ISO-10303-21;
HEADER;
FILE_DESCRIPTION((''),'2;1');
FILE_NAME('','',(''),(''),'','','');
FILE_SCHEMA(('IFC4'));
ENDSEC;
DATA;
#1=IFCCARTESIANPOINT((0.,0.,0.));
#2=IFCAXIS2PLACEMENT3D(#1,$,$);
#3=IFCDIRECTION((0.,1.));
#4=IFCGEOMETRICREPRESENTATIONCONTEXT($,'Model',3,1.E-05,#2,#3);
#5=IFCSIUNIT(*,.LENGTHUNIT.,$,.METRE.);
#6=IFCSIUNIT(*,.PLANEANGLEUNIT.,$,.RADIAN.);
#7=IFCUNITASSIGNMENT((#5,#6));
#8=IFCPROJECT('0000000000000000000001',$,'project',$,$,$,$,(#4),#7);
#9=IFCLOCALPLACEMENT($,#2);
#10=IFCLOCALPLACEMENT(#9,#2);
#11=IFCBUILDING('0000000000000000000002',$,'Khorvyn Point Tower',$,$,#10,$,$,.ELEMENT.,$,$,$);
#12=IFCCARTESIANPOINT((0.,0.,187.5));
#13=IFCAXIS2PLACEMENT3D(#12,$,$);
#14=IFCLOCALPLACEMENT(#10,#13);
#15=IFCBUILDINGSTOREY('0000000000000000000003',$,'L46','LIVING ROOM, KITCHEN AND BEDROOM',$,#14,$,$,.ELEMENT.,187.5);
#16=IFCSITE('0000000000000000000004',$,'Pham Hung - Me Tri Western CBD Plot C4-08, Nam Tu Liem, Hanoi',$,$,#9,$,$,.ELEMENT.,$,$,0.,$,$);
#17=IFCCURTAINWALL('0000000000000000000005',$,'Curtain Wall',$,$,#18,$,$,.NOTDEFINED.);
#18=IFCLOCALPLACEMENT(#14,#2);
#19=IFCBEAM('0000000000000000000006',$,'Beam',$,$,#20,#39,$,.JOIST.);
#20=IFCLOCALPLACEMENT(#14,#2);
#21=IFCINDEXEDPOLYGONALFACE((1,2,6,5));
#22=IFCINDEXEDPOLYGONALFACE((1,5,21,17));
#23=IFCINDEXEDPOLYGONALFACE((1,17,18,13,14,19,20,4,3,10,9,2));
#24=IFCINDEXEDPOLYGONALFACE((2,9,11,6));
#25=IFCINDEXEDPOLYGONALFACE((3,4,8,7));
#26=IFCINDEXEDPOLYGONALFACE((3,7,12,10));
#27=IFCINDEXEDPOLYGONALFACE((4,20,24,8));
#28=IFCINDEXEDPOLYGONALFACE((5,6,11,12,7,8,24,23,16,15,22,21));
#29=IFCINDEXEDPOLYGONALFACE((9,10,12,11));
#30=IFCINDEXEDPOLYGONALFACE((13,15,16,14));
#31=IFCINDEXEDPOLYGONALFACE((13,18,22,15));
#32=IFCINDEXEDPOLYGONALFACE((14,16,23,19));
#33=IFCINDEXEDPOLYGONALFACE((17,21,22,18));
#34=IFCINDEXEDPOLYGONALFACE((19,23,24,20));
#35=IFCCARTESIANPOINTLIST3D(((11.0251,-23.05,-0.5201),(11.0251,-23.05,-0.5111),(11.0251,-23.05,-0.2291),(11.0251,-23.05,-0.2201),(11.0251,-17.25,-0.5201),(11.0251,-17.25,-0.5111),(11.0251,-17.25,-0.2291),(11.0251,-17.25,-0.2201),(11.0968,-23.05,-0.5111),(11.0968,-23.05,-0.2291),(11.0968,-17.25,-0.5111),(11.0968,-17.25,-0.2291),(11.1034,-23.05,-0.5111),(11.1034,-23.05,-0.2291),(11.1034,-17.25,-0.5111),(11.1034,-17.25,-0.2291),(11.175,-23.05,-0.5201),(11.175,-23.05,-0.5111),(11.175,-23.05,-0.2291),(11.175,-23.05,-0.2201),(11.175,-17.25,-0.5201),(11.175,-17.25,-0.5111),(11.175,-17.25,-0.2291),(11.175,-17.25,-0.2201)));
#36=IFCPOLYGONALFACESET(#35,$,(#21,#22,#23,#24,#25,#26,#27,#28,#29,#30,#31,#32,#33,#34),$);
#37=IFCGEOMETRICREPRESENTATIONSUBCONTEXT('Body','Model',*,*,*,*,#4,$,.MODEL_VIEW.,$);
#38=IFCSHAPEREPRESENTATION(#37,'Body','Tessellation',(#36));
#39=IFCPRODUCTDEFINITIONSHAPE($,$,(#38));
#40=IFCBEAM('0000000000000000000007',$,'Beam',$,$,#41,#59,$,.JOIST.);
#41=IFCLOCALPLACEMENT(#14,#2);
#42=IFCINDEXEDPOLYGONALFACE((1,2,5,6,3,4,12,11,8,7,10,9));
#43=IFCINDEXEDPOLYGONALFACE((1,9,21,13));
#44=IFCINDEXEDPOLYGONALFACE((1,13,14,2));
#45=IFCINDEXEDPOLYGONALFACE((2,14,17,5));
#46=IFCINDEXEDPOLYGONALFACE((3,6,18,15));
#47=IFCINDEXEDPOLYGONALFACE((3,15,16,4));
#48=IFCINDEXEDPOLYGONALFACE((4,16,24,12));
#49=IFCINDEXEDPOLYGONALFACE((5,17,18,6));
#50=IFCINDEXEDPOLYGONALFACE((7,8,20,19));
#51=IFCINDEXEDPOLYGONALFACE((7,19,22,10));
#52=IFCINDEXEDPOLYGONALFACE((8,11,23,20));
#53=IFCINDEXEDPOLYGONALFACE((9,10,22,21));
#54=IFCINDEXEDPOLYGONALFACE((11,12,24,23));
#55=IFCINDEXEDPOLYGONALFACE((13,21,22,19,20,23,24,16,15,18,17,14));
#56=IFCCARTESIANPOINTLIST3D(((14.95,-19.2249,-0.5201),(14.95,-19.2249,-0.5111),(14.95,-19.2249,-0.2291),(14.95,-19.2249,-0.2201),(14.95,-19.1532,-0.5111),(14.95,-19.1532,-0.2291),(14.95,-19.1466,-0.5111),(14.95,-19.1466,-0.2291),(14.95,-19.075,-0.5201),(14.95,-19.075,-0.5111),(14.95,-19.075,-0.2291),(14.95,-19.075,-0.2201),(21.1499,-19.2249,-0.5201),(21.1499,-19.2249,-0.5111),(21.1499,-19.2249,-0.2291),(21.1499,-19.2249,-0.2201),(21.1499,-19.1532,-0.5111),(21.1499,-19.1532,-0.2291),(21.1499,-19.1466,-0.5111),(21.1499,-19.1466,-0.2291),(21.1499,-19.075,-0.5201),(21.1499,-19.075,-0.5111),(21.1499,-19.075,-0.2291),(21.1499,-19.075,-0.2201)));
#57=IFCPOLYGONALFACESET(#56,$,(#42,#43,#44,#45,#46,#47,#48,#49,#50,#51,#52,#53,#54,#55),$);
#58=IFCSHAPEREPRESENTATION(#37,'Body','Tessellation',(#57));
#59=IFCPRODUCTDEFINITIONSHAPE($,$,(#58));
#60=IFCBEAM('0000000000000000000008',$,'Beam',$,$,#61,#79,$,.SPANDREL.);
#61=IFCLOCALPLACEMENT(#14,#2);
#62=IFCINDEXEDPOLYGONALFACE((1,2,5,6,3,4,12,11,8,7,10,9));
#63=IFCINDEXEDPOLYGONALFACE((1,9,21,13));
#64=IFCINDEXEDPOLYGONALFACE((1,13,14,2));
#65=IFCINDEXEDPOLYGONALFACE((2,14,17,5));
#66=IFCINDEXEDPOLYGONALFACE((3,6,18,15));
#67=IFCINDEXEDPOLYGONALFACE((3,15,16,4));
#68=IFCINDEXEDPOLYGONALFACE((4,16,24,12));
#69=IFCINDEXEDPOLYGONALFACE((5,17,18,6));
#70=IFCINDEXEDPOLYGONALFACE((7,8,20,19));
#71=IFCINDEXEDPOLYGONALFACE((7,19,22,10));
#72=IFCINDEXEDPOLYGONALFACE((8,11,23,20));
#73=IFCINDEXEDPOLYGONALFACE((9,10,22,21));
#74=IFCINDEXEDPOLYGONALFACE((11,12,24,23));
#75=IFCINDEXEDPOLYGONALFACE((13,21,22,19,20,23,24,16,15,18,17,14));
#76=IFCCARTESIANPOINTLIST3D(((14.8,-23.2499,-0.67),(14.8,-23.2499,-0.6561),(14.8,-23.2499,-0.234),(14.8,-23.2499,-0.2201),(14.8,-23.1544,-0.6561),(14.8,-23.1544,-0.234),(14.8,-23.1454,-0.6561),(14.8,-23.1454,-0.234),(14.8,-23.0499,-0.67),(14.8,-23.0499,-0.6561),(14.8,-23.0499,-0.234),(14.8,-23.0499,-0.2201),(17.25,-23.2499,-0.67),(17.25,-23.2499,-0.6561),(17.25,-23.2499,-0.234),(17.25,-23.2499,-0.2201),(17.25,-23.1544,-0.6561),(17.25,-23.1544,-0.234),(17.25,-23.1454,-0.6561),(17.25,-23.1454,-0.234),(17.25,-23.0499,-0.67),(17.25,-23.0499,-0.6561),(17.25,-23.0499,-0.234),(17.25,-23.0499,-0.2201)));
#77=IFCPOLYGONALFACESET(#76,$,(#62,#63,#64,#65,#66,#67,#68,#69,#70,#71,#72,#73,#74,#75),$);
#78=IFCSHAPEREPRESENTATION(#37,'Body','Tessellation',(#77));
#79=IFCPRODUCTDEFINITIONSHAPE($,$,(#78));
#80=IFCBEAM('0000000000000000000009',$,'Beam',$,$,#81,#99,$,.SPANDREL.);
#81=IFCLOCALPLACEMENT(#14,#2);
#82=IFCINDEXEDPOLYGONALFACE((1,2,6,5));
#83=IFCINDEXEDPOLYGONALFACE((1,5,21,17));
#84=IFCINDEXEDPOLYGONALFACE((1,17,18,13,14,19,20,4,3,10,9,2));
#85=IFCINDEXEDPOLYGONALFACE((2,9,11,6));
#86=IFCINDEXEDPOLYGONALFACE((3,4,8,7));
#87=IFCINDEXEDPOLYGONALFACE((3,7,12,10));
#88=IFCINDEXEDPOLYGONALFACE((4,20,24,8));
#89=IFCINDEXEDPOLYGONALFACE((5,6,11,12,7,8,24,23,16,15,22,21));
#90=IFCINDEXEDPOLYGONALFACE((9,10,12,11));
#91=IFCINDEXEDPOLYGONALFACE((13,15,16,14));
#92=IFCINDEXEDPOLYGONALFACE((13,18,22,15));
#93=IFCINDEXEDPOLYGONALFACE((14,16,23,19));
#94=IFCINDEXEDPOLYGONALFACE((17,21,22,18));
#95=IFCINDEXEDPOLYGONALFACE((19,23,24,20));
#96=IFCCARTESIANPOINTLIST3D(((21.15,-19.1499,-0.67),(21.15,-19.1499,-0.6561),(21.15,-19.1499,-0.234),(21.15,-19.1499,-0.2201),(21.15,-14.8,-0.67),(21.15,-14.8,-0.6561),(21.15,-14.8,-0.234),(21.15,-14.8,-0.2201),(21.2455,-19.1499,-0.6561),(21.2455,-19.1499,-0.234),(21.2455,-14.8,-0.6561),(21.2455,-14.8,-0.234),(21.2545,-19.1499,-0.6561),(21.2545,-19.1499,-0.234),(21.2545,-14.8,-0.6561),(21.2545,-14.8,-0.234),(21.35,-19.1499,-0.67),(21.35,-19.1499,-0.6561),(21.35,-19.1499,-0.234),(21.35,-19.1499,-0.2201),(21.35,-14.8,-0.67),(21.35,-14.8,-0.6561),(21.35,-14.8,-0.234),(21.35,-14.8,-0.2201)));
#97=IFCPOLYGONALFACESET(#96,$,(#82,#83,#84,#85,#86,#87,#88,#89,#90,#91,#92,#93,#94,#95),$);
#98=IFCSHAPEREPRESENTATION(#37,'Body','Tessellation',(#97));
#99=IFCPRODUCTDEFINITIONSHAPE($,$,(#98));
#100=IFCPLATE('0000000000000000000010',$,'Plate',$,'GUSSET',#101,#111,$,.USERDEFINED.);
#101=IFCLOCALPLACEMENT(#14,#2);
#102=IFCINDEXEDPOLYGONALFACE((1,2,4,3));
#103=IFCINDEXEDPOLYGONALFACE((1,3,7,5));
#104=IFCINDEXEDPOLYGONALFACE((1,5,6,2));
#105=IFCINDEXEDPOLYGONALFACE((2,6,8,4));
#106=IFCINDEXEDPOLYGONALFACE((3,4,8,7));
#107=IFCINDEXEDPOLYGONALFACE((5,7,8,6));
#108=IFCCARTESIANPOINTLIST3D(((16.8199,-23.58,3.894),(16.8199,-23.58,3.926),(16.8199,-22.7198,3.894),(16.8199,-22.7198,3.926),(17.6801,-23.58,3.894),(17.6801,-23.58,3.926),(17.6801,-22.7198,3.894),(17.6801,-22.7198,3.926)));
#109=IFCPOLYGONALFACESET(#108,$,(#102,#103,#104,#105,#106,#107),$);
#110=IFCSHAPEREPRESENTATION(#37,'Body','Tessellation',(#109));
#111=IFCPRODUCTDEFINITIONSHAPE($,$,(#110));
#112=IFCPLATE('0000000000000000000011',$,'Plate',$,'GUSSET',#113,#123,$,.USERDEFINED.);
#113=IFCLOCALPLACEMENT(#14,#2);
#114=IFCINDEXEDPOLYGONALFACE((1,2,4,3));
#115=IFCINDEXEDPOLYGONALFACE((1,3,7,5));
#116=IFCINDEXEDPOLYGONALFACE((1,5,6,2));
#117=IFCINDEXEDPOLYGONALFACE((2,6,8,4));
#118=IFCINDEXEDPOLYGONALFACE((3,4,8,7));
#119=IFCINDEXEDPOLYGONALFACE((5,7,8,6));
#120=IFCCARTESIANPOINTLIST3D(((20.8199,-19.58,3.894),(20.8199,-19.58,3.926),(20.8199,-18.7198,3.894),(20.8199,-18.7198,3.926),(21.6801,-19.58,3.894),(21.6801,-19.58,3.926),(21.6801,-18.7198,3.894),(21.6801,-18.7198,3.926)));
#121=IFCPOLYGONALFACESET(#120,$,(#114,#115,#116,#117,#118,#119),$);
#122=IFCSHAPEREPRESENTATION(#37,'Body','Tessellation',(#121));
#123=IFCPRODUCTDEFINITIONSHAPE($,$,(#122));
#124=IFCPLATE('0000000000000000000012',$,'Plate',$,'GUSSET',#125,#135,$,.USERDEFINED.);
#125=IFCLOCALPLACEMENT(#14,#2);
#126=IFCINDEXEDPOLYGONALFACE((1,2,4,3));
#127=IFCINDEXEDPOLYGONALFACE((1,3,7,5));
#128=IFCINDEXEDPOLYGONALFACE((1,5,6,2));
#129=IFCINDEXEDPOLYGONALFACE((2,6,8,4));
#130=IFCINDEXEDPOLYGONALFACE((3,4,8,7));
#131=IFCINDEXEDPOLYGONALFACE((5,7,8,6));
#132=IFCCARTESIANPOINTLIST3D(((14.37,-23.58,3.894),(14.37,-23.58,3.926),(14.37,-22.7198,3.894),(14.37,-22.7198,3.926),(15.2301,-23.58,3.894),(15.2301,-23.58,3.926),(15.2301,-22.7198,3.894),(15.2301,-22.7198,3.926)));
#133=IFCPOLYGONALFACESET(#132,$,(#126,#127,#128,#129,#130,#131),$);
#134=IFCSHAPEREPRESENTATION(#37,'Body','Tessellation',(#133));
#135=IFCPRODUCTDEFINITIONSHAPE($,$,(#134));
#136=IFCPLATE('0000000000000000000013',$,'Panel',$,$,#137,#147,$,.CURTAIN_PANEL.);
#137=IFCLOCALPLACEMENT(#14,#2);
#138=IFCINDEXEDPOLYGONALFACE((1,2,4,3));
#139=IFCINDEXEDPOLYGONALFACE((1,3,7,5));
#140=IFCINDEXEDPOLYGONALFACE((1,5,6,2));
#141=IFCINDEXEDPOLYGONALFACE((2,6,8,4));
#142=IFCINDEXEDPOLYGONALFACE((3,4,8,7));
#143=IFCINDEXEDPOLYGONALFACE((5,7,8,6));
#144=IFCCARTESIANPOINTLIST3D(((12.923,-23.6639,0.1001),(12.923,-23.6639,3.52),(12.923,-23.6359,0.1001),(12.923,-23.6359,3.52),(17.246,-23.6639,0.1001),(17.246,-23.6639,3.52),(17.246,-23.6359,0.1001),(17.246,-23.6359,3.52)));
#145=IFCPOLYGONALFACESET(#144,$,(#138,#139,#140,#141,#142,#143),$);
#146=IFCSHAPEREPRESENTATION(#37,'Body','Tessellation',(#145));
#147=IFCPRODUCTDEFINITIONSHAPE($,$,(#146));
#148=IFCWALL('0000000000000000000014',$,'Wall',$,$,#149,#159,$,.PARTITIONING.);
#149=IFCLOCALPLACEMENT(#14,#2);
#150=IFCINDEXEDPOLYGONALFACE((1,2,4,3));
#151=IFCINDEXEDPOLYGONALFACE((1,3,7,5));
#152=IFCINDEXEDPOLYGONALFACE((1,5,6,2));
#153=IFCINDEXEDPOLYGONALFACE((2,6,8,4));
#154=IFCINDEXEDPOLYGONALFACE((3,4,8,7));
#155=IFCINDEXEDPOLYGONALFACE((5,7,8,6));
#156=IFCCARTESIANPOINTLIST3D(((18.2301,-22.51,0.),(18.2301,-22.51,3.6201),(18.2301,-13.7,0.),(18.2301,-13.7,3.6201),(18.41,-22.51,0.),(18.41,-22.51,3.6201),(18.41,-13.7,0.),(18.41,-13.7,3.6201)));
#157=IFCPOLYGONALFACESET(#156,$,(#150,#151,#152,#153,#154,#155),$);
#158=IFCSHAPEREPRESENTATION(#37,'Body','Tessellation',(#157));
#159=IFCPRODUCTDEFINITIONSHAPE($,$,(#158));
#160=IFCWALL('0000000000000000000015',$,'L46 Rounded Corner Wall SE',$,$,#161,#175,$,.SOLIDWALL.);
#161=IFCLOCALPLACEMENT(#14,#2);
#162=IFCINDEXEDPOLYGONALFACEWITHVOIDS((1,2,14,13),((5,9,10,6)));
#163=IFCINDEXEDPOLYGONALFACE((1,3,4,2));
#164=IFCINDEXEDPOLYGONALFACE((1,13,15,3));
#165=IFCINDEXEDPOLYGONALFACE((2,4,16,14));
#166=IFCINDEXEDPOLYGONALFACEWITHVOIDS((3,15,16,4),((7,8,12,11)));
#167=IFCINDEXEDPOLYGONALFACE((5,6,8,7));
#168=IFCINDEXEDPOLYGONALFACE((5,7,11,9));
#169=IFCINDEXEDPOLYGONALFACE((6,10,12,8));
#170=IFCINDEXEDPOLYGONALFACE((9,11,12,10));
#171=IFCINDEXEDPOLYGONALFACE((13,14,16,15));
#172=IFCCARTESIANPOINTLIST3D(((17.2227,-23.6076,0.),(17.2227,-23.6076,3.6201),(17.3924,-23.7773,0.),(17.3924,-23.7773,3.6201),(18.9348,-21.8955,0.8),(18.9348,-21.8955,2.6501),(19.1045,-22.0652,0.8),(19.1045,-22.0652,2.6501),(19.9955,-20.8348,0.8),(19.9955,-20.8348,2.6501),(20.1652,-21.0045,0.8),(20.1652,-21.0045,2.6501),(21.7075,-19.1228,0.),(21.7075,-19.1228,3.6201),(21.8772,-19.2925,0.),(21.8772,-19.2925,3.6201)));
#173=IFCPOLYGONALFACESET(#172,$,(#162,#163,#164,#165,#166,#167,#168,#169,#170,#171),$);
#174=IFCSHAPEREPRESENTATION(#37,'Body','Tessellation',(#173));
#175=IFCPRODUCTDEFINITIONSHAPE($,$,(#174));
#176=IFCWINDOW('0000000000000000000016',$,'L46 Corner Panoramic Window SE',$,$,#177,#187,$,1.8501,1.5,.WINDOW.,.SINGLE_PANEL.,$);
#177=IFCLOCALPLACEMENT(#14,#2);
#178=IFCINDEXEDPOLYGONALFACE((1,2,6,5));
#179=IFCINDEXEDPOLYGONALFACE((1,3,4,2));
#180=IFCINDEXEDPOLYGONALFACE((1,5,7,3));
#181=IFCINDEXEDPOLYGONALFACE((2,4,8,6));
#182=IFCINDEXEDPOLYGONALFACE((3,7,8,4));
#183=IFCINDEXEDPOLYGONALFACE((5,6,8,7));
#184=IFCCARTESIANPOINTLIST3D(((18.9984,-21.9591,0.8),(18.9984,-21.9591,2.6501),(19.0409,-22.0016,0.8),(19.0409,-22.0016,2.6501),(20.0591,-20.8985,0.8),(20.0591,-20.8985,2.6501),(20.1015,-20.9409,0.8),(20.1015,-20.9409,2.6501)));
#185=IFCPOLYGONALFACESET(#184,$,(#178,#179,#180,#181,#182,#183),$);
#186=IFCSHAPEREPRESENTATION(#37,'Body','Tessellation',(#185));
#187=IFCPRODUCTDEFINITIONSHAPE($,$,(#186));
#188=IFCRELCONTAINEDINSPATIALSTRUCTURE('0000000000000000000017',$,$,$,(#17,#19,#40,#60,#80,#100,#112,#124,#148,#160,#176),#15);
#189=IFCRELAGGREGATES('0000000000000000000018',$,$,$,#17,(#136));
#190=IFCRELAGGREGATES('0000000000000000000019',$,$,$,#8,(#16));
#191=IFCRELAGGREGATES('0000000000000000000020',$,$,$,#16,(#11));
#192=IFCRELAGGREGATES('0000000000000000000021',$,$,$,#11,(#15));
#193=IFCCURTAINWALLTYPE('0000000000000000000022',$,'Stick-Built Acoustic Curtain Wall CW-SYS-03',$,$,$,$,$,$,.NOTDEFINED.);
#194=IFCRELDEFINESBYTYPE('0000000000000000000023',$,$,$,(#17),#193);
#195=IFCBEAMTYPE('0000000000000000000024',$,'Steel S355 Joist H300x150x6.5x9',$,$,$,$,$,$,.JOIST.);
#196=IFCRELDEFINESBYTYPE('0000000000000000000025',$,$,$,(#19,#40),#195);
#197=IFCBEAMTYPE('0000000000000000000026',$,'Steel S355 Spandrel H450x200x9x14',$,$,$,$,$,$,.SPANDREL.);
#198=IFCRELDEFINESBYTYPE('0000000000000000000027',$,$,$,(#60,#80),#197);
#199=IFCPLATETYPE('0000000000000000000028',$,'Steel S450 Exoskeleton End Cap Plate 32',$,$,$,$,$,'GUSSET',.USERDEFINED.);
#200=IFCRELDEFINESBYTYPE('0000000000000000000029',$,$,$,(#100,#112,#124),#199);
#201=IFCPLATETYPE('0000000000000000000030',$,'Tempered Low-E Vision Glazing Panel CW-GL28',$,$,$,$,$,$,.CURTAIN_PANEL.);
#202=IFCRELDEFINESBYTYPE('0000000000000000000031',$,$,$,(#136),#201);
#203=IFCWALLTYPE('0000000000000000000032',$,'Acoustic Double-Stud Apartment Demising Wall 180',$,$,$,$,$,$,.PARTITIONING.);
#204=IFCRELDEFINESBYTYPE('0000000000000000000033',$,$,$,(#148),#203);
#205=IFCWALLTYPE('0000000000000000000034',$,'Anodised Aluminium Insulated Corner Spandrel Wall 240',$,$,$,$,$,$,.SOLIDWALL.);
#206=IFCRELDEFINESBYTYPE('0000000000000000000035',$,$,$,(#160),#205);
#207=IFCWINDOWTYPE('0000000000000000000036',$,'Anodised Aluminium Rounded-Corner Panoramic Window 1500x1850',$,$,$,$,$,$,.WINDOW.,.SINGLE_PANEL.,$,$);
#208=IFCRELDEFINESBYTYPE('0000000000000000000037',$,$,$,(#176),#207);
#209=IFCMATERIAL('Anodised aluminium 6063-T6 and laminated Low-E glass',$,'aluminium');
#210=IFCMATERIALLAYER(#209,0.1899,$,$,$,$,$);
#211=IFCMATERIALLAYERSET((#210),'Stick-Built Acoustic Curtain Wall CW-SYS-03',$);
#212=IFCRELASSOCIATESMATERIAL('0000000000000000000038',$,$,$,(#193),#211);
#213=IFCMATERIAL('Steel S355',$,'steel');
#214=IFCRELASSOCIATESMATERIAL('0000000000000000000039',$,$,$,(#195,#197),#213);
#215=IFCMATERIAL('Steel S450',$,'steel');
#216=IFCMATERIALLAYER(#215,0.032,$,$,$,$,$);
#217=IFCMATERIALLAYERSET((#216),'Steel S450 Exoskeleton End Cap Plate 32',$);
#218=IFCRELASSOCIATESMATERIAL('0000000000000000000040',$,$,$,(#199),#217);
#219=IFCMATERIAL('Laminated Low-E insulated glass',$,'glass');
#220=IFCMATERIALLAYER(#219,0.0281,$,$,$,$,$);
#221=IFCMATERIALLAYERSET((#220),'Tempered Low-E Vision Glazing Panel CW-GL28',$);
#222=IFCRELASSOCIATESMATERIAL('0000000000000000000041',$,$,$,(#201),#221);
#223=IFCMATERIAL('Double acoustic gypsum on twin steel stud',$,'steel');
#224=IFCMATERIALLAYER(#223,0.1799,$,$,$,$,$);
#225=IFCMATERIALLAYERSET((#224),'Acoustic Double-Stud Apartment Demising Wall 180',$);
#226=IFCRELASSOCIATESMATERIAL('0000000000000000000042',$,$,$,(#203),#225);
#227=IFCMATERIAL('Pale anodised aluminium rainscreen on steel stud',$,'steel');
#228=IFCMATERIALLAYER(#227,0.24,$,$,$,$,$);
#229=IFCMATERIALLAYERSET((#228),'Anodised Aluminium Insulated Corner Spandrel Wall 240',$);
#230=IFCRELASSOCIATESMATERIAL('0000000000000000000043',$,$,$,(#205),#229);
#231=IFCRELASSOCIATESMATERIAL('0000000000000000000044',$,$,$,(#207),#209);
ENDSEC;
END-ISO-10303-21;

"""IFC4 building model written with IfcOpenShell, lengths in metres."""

from ifc_helpers import new_model, si_unit, direction, frame, frame_2d, origin, origin_2d, place, context, subcontext, project, spatial, rectangle, i_section, extrude, material, layer, layer_set, material_profile, profile_set, type_object, element, fill, aggregate, save


model = new_model("IFC4")

# Units and contexts
model_context = context("Model", 3, precision=1e-05, world=origin(), true_north=direction((0.0, 1.0)))
body_context = subcontext(model_context, "Body", "Model", "MODEL_VIEW")
ifc_project = project(units=[si_unit("LENGTHUNIT", "METRE"), si_unit("PLANEANGLEUNIT", "RADIAN")], contexts=[model_context])

# Site, building, storey
site_placement = place(None, origin())
site = spatial("IfcSite", under=ifc_project, at=site_placement, Name="Pham Hung - Me Tri Western CBD Plot C4-08, Nam Tu Liem, Hanoi", CompositionType="ELEMENT", RefElevation=0.0)
building_placement = place(site_placement, origin())
building = spatial("IfcBuilding", under=site, at=building_placement, Name="Khorvyn Point Tower", CompositionType="ELEMENT")
storey_placement = place(building_placement, frame((0.0, 0.0, 187.5)))
storey = spatial("IfcBuildingStorey", under=building, at=storey_placement, Name="L46", Description="LIVING ROOM, KITCHEN AND BEDROOM", CompositionType="ELEMENT", Elevation=187.5)

# Shared definitions
ifc_material_1 = material(Name="Steel S450", Category="steel")

# Curtain wall
ifc_material_2 = material(Name="Anodised aluminium 6063-T6 and laminated Low-E glass", Category="aluminium")
ifc_layer_1 = layer(ifc_material_2, 0.1899)
ifc_layer_set_1 = layer_set([ifc_layer_1], Name="Stick-Built Acoustic Curtain Wall CW-SYS-03")
curtain_wall_type = type_object("IfcCurtainWallType", Name="Stick-Built Acoustic Curtain Wall CW-SYS-03", PredefinedType="NOTDEFINED", material=ifc_layer_set_1)
curtain_wall_1_placement = place(storey_placement, origin())
curtain_wall_1 = element("IfcCurtainWall", 1, at=curtain_wall_1_placement, inside=storey, type_object=curtain_wall_type, Name="Curtain Wall", PredefinedType="NOTDEFINED")

# Beams
ifc_material_3 = material(Name="Steel S355", Category="steel")
ifc_material_profile_1 = material_profile(ifc_material_3, i_section(OverallWidth=0.1499, OverallDepth=0.3, WebThickness=0.0066, FlangeThickness=0.009, at=origin_2d()))
ifc_profile_set_1 = profile_set([ifc_material_profile_1], Name="Steel S355 H300x150x6.5x9")
beam_type_1 = type_object("IfcBeamType", Name="Steel S355 Joist H300x150x6.5x9", PredefinedType="JOIST", material=ifc_profile_set_1)
beam_1_placement = place(storey_placement, frame((11.1001, -23.05, -0.3701), z_axis=(0.0, 1.0, 0.0), x_axis=(-1.0, 0.0, 0.0)))
element("IfcBeam", 2, at=beam_1_placement, inside=storey, type_object=beam_type_1, Name="Beam", PredefinedType="JOIST", context=body_context, shape_type="SweptSolid", body=[
    extrude(i_section(OverallWidth=0.1499, OverallDepth=0.3, WebThickness=0.0066, FlangeThickness=0.009, at=origin_2d()), origin(), (0.0, 0.0, 1.0), 5.8),
])
beam_2_placement = place(storey_placement, frame((14.95, -19.1499, -0.3701), z_axis=(1.0, 0.0, 0.0), x_axis=(0.0, 1.0, 0.0)))
element("IfcBeam", 3, at=beam_2_placement, inside=storey, type_object=beam_type_1, Name="Beam", PredefinedType="JOIST", context=body_context, shape_type="SweptSolid", body=[
    extrude(i_section(OverallWidth=0.1499, OverallDepth=0.3, WebThickness=0.0066, FlangeThickness=0.009, at=origin_2d()), origin(), (0.0, 0.0, 1.0), 6.2),
])
ifc_material_profile_2 = material_profile(ifc_material_3, i_section(OverallWidth=0.2, OverallDepth=0.45, WebThickness=0.009, FlangeThickness=0.0139, at=origin_2d()))
ifc_profile_set_2 = profile_set([ifc_material_profile_2], Name="Steel S355 H450x200x9x14")
beam_type_2 = type_object("IfcBeamType", Name="Steel S355 Spandrel H450x200x9x14", PredefinedType="SPANDREL", material=ifc_profile_set_2)
beam_3_placement = place(storey_placement, frame((14.8, -23.1499, -0.4451), z_axis=(1.0, 0.0, 0.0), x_axis=(0.0, 1.0, 0.0)))
element("IfcBeam", 4, at=beam_3_placement, inside=storey, type_object=beam_type_2, Name="Beam", PredefinedType="SPANDREL", context=body_context, shape_type="SweptSolid", body=[
    extrude(i_section(OverallWidth=0.2, OverallDepth=0.45, WebThickness=0.009, FlangeThickness=0.0139, at=origin_2d()), origin(), (0.0, 0.0, 1.0), 2.45),
])
beam_4_placement = place(storey_placement, frame((21.25, -19.1499, -0.4451), z_axis=(0.0, 1.0, 0.0), x_axis=(-1.0, 0.0, 0.0)))
element("IfcBeam", 5, at=beam_4_placement, inside=storey, type_object=beam_type_2, Name="Beam", PredefinedType="SPANDREL", context=body_context, shape_type="SweptSolid", body=[
    extrude(i_section(OverallWidth=0.2, OverallDepth=0.45, WebThickness=0.009, FlangeThickness=0.0139, at=origin_2d()), origin(), (0.0, 0.0, 1.0), 4.3499),
])

# Plates
ifc_layer_2 = layer(ifc_material_1, 0.032)
ifc_layer_set_2 = layer_set([ifc_layer_2], Name="Steel S450 Exoskeleton End Cap Plate 32")
plate_type_1 = type_object("IfcPlateType", Name="Steel S450 Exoskeleton End Cap Plate 32", ElementType="GUSSET", PredefinedType="USERDEFINED", material=ifc_layer_set_2)
for number, where, z_axis, x_axis, name in (
    (6, (17.25, -23.1499, 3.894), (0.0, 0.0, 1.0), (1.0, 0.0, 0.0), "Plate"),
    (7, (21.25, -19.1499, 3.894), (0.0, 0.0, 1.0), (1.0, 0.0, 0.0), "Plate"),
    (8, (14.8, -23.1499, 3.894), (0.0, 0.0, 1.0), (1.0, 0.0, 0.0), "Plate"),
):
    element("IfcPlate", number, at=place(storey_placement, frame(where, z_axis=z_axis, x_axis=x_axis)), inside=storey, type_object=plate_type_1, Name=name, ObjectType="GUSSET", PredefinedType="USERDEFINED", context=body_context, shape_type="SweptSolid", body=[
        extrude(rectangle(XDim=0.8601, YDim=0.8601, at=origin_2d()), origin(), (0.0, 0.0, 1.0), 0.032),
    ])

# Plate
ifc_material_4 = material(Name="Laminated Low-E insulated glass", Category="glass")
ifc_layer_3 = layer(ifc_material_4, 0.0281)
ifc_layer_set_3 = layer_set([ifc_layer_3], Name="Tempered Low-E Vision Glazing Panel CW-GL28")
plate_type_2 = type_object("IfcPlateType", Name="Tempered Low-E Vision Glazing Panel CW-GL28", PredefinedType="CURTAIN_PANEL", material=ifc_layer_set_3)
plate_placement = place(storey_placement, frame((15.0845, -23.6499, 0.1001), z_axis=(0.0, 0.0, 1.0), x_axis=(-1.0, 0.0, 0.0)))
plate = element("IfcPlate", 9, at=plate_placement, type_object=plate_type_2, Name="Panel", PredefinedType="CURTAIN_PANEL", context=body_context, shape_type="SweptSolid", body=[
    extrude(rectangle(XDim=4.323, YDim=0.0281, at=origin_2d()), origin(), (0.0, 0.0, 1.0), 3.4199),
])
aggregate(curtain_wall_1, [plate])

# Wall
ifc_material_5 = material(Name="Double acoustic gypsum on twin steel stud", Category="steel")
ifc_layer_4 = layer(ifc_material_5, 0.1799)
ifc_layer_set_4 = layer_set([ifc_layer_4], Name="Acoustic Double-Stud Apartment Demising Wall 180")
wall_type_1 = type_object("IfcWallType", Name="Acoustic Double-Stud Apartment Demising Wall 180", PredefinedType="PARTITIONING", material=ifc_layer_set_4)
wall_1_placement = place(storey_placement, frame((18.3201, -22.51, 0.0), z_axis=(0.0, 0.0, 1.0), x_axis=(0.0, 1.0, 0.0)))
element("IfcWall", 10, at=wall_1_placement, inside=storey, type_object=wall_type_1, Name="Wall", PredefinedType="PARTITIONING", context=body_context, shape_type="SweptSolid", body=[
    extrude(rectangle(XDim=8.8101, YDim=0.1799, at=frame_2d((4.405, 0.0))), origin(), (0.0, 0.0, 1.0), 3.6201),
])

# Wall, opening, window
ifc_material_6 = material(Name="Pale anodised aluminium rainscreen on steel stud", Category="steel")
ifc_layer_5 = layer(ifc_material_6, 0.24)
ifc_layer_set_5 = layer_set([ifc_layer_5], Name="Anodised Aluminium Insulated Corner Spandrel Wall 240")
wall_type_2 = type_object("IfcWallType", Name="Anodised Aluminium Insulated Corner Spandrel Wall 240", PredefinedType="SOLIDWALL", material=ifc_layer_set_5)
wall_2_placement = place(storey_placement, frame((21.7925, -19.2075, 0.0), z_axis=(0.0, 0.0, 1.0), x_axis=(-0.707107, -0.707107, 0.0)))
wall_2 = element("IfcWall", 11, at=wall_2_placement, inside=storey, type_object=wall_type_2, Name="L46 Rounded Corner Wall SE", PredefinedType="SOLIDWALL", context=body_context, shape_type="SweptSolid", body=[
    extrude(rectangle(XDim=6.3425, YDim=0.24, at=frame_2d((3.1714, 0.0))), origin(), (0.0, 0.0, 1.0), 3.6201),
])
opening_1_placement = place(wall_2_placement, frame((2.4214, 0.0, 0.8)))
opening_1 = element("IfcOpeningElement", 12, at=opening_1_placement, cuts=wall_2, PredefinedType="OPENING", context=body_context, shape_type="SweptSolid", body=[
    extrude(rectangle(XDim=1.5, YDim=1.8501, at=frame_2d((0.75, 0.925))), frame((0.0, 0.1299, 0.0), z_axis=(0.0, -1.0, 0.0), x_axis=(1.0, 0.0, 0.0)), (0.0, 0.0, 1.0), 0.26),
])
window_type = type_object("IfcWindowType", Name="Anodised Aluminium Rounded-Corner Panoramic Window 1500x1850", PartitioningType="SINGLE_PANEL", PredefinedType="WINDOW", material=ifc_material_2)
window_placement = place(opening_1_placement, origin())
window = element("IfcWindow", 13, at=window_placement, inside=storey, type_object=window_type, Name="L46 Corner Panoramic Window SE", OverallHeight=1.8501, OverallWidth=1.5, PartitioningType="SINGLE_PANEL", PredefinedType="WINDOW", context=body_context, shape_type="SweptSolid", body=[
    extrude(rectangle(XDim=1.5, YDim=1.8501, at=frame_2d((0.75, 0.925))), frame((0.0, 0.03, 0.0), z_axis=(0.0, -1.0, 0.0), x_axis=(1.0, 0.0, 0.0)), (0.0, 0.0, 1.0), 0.0601),
])
fill(opening_1, window)

save(model, "model.ifc")
